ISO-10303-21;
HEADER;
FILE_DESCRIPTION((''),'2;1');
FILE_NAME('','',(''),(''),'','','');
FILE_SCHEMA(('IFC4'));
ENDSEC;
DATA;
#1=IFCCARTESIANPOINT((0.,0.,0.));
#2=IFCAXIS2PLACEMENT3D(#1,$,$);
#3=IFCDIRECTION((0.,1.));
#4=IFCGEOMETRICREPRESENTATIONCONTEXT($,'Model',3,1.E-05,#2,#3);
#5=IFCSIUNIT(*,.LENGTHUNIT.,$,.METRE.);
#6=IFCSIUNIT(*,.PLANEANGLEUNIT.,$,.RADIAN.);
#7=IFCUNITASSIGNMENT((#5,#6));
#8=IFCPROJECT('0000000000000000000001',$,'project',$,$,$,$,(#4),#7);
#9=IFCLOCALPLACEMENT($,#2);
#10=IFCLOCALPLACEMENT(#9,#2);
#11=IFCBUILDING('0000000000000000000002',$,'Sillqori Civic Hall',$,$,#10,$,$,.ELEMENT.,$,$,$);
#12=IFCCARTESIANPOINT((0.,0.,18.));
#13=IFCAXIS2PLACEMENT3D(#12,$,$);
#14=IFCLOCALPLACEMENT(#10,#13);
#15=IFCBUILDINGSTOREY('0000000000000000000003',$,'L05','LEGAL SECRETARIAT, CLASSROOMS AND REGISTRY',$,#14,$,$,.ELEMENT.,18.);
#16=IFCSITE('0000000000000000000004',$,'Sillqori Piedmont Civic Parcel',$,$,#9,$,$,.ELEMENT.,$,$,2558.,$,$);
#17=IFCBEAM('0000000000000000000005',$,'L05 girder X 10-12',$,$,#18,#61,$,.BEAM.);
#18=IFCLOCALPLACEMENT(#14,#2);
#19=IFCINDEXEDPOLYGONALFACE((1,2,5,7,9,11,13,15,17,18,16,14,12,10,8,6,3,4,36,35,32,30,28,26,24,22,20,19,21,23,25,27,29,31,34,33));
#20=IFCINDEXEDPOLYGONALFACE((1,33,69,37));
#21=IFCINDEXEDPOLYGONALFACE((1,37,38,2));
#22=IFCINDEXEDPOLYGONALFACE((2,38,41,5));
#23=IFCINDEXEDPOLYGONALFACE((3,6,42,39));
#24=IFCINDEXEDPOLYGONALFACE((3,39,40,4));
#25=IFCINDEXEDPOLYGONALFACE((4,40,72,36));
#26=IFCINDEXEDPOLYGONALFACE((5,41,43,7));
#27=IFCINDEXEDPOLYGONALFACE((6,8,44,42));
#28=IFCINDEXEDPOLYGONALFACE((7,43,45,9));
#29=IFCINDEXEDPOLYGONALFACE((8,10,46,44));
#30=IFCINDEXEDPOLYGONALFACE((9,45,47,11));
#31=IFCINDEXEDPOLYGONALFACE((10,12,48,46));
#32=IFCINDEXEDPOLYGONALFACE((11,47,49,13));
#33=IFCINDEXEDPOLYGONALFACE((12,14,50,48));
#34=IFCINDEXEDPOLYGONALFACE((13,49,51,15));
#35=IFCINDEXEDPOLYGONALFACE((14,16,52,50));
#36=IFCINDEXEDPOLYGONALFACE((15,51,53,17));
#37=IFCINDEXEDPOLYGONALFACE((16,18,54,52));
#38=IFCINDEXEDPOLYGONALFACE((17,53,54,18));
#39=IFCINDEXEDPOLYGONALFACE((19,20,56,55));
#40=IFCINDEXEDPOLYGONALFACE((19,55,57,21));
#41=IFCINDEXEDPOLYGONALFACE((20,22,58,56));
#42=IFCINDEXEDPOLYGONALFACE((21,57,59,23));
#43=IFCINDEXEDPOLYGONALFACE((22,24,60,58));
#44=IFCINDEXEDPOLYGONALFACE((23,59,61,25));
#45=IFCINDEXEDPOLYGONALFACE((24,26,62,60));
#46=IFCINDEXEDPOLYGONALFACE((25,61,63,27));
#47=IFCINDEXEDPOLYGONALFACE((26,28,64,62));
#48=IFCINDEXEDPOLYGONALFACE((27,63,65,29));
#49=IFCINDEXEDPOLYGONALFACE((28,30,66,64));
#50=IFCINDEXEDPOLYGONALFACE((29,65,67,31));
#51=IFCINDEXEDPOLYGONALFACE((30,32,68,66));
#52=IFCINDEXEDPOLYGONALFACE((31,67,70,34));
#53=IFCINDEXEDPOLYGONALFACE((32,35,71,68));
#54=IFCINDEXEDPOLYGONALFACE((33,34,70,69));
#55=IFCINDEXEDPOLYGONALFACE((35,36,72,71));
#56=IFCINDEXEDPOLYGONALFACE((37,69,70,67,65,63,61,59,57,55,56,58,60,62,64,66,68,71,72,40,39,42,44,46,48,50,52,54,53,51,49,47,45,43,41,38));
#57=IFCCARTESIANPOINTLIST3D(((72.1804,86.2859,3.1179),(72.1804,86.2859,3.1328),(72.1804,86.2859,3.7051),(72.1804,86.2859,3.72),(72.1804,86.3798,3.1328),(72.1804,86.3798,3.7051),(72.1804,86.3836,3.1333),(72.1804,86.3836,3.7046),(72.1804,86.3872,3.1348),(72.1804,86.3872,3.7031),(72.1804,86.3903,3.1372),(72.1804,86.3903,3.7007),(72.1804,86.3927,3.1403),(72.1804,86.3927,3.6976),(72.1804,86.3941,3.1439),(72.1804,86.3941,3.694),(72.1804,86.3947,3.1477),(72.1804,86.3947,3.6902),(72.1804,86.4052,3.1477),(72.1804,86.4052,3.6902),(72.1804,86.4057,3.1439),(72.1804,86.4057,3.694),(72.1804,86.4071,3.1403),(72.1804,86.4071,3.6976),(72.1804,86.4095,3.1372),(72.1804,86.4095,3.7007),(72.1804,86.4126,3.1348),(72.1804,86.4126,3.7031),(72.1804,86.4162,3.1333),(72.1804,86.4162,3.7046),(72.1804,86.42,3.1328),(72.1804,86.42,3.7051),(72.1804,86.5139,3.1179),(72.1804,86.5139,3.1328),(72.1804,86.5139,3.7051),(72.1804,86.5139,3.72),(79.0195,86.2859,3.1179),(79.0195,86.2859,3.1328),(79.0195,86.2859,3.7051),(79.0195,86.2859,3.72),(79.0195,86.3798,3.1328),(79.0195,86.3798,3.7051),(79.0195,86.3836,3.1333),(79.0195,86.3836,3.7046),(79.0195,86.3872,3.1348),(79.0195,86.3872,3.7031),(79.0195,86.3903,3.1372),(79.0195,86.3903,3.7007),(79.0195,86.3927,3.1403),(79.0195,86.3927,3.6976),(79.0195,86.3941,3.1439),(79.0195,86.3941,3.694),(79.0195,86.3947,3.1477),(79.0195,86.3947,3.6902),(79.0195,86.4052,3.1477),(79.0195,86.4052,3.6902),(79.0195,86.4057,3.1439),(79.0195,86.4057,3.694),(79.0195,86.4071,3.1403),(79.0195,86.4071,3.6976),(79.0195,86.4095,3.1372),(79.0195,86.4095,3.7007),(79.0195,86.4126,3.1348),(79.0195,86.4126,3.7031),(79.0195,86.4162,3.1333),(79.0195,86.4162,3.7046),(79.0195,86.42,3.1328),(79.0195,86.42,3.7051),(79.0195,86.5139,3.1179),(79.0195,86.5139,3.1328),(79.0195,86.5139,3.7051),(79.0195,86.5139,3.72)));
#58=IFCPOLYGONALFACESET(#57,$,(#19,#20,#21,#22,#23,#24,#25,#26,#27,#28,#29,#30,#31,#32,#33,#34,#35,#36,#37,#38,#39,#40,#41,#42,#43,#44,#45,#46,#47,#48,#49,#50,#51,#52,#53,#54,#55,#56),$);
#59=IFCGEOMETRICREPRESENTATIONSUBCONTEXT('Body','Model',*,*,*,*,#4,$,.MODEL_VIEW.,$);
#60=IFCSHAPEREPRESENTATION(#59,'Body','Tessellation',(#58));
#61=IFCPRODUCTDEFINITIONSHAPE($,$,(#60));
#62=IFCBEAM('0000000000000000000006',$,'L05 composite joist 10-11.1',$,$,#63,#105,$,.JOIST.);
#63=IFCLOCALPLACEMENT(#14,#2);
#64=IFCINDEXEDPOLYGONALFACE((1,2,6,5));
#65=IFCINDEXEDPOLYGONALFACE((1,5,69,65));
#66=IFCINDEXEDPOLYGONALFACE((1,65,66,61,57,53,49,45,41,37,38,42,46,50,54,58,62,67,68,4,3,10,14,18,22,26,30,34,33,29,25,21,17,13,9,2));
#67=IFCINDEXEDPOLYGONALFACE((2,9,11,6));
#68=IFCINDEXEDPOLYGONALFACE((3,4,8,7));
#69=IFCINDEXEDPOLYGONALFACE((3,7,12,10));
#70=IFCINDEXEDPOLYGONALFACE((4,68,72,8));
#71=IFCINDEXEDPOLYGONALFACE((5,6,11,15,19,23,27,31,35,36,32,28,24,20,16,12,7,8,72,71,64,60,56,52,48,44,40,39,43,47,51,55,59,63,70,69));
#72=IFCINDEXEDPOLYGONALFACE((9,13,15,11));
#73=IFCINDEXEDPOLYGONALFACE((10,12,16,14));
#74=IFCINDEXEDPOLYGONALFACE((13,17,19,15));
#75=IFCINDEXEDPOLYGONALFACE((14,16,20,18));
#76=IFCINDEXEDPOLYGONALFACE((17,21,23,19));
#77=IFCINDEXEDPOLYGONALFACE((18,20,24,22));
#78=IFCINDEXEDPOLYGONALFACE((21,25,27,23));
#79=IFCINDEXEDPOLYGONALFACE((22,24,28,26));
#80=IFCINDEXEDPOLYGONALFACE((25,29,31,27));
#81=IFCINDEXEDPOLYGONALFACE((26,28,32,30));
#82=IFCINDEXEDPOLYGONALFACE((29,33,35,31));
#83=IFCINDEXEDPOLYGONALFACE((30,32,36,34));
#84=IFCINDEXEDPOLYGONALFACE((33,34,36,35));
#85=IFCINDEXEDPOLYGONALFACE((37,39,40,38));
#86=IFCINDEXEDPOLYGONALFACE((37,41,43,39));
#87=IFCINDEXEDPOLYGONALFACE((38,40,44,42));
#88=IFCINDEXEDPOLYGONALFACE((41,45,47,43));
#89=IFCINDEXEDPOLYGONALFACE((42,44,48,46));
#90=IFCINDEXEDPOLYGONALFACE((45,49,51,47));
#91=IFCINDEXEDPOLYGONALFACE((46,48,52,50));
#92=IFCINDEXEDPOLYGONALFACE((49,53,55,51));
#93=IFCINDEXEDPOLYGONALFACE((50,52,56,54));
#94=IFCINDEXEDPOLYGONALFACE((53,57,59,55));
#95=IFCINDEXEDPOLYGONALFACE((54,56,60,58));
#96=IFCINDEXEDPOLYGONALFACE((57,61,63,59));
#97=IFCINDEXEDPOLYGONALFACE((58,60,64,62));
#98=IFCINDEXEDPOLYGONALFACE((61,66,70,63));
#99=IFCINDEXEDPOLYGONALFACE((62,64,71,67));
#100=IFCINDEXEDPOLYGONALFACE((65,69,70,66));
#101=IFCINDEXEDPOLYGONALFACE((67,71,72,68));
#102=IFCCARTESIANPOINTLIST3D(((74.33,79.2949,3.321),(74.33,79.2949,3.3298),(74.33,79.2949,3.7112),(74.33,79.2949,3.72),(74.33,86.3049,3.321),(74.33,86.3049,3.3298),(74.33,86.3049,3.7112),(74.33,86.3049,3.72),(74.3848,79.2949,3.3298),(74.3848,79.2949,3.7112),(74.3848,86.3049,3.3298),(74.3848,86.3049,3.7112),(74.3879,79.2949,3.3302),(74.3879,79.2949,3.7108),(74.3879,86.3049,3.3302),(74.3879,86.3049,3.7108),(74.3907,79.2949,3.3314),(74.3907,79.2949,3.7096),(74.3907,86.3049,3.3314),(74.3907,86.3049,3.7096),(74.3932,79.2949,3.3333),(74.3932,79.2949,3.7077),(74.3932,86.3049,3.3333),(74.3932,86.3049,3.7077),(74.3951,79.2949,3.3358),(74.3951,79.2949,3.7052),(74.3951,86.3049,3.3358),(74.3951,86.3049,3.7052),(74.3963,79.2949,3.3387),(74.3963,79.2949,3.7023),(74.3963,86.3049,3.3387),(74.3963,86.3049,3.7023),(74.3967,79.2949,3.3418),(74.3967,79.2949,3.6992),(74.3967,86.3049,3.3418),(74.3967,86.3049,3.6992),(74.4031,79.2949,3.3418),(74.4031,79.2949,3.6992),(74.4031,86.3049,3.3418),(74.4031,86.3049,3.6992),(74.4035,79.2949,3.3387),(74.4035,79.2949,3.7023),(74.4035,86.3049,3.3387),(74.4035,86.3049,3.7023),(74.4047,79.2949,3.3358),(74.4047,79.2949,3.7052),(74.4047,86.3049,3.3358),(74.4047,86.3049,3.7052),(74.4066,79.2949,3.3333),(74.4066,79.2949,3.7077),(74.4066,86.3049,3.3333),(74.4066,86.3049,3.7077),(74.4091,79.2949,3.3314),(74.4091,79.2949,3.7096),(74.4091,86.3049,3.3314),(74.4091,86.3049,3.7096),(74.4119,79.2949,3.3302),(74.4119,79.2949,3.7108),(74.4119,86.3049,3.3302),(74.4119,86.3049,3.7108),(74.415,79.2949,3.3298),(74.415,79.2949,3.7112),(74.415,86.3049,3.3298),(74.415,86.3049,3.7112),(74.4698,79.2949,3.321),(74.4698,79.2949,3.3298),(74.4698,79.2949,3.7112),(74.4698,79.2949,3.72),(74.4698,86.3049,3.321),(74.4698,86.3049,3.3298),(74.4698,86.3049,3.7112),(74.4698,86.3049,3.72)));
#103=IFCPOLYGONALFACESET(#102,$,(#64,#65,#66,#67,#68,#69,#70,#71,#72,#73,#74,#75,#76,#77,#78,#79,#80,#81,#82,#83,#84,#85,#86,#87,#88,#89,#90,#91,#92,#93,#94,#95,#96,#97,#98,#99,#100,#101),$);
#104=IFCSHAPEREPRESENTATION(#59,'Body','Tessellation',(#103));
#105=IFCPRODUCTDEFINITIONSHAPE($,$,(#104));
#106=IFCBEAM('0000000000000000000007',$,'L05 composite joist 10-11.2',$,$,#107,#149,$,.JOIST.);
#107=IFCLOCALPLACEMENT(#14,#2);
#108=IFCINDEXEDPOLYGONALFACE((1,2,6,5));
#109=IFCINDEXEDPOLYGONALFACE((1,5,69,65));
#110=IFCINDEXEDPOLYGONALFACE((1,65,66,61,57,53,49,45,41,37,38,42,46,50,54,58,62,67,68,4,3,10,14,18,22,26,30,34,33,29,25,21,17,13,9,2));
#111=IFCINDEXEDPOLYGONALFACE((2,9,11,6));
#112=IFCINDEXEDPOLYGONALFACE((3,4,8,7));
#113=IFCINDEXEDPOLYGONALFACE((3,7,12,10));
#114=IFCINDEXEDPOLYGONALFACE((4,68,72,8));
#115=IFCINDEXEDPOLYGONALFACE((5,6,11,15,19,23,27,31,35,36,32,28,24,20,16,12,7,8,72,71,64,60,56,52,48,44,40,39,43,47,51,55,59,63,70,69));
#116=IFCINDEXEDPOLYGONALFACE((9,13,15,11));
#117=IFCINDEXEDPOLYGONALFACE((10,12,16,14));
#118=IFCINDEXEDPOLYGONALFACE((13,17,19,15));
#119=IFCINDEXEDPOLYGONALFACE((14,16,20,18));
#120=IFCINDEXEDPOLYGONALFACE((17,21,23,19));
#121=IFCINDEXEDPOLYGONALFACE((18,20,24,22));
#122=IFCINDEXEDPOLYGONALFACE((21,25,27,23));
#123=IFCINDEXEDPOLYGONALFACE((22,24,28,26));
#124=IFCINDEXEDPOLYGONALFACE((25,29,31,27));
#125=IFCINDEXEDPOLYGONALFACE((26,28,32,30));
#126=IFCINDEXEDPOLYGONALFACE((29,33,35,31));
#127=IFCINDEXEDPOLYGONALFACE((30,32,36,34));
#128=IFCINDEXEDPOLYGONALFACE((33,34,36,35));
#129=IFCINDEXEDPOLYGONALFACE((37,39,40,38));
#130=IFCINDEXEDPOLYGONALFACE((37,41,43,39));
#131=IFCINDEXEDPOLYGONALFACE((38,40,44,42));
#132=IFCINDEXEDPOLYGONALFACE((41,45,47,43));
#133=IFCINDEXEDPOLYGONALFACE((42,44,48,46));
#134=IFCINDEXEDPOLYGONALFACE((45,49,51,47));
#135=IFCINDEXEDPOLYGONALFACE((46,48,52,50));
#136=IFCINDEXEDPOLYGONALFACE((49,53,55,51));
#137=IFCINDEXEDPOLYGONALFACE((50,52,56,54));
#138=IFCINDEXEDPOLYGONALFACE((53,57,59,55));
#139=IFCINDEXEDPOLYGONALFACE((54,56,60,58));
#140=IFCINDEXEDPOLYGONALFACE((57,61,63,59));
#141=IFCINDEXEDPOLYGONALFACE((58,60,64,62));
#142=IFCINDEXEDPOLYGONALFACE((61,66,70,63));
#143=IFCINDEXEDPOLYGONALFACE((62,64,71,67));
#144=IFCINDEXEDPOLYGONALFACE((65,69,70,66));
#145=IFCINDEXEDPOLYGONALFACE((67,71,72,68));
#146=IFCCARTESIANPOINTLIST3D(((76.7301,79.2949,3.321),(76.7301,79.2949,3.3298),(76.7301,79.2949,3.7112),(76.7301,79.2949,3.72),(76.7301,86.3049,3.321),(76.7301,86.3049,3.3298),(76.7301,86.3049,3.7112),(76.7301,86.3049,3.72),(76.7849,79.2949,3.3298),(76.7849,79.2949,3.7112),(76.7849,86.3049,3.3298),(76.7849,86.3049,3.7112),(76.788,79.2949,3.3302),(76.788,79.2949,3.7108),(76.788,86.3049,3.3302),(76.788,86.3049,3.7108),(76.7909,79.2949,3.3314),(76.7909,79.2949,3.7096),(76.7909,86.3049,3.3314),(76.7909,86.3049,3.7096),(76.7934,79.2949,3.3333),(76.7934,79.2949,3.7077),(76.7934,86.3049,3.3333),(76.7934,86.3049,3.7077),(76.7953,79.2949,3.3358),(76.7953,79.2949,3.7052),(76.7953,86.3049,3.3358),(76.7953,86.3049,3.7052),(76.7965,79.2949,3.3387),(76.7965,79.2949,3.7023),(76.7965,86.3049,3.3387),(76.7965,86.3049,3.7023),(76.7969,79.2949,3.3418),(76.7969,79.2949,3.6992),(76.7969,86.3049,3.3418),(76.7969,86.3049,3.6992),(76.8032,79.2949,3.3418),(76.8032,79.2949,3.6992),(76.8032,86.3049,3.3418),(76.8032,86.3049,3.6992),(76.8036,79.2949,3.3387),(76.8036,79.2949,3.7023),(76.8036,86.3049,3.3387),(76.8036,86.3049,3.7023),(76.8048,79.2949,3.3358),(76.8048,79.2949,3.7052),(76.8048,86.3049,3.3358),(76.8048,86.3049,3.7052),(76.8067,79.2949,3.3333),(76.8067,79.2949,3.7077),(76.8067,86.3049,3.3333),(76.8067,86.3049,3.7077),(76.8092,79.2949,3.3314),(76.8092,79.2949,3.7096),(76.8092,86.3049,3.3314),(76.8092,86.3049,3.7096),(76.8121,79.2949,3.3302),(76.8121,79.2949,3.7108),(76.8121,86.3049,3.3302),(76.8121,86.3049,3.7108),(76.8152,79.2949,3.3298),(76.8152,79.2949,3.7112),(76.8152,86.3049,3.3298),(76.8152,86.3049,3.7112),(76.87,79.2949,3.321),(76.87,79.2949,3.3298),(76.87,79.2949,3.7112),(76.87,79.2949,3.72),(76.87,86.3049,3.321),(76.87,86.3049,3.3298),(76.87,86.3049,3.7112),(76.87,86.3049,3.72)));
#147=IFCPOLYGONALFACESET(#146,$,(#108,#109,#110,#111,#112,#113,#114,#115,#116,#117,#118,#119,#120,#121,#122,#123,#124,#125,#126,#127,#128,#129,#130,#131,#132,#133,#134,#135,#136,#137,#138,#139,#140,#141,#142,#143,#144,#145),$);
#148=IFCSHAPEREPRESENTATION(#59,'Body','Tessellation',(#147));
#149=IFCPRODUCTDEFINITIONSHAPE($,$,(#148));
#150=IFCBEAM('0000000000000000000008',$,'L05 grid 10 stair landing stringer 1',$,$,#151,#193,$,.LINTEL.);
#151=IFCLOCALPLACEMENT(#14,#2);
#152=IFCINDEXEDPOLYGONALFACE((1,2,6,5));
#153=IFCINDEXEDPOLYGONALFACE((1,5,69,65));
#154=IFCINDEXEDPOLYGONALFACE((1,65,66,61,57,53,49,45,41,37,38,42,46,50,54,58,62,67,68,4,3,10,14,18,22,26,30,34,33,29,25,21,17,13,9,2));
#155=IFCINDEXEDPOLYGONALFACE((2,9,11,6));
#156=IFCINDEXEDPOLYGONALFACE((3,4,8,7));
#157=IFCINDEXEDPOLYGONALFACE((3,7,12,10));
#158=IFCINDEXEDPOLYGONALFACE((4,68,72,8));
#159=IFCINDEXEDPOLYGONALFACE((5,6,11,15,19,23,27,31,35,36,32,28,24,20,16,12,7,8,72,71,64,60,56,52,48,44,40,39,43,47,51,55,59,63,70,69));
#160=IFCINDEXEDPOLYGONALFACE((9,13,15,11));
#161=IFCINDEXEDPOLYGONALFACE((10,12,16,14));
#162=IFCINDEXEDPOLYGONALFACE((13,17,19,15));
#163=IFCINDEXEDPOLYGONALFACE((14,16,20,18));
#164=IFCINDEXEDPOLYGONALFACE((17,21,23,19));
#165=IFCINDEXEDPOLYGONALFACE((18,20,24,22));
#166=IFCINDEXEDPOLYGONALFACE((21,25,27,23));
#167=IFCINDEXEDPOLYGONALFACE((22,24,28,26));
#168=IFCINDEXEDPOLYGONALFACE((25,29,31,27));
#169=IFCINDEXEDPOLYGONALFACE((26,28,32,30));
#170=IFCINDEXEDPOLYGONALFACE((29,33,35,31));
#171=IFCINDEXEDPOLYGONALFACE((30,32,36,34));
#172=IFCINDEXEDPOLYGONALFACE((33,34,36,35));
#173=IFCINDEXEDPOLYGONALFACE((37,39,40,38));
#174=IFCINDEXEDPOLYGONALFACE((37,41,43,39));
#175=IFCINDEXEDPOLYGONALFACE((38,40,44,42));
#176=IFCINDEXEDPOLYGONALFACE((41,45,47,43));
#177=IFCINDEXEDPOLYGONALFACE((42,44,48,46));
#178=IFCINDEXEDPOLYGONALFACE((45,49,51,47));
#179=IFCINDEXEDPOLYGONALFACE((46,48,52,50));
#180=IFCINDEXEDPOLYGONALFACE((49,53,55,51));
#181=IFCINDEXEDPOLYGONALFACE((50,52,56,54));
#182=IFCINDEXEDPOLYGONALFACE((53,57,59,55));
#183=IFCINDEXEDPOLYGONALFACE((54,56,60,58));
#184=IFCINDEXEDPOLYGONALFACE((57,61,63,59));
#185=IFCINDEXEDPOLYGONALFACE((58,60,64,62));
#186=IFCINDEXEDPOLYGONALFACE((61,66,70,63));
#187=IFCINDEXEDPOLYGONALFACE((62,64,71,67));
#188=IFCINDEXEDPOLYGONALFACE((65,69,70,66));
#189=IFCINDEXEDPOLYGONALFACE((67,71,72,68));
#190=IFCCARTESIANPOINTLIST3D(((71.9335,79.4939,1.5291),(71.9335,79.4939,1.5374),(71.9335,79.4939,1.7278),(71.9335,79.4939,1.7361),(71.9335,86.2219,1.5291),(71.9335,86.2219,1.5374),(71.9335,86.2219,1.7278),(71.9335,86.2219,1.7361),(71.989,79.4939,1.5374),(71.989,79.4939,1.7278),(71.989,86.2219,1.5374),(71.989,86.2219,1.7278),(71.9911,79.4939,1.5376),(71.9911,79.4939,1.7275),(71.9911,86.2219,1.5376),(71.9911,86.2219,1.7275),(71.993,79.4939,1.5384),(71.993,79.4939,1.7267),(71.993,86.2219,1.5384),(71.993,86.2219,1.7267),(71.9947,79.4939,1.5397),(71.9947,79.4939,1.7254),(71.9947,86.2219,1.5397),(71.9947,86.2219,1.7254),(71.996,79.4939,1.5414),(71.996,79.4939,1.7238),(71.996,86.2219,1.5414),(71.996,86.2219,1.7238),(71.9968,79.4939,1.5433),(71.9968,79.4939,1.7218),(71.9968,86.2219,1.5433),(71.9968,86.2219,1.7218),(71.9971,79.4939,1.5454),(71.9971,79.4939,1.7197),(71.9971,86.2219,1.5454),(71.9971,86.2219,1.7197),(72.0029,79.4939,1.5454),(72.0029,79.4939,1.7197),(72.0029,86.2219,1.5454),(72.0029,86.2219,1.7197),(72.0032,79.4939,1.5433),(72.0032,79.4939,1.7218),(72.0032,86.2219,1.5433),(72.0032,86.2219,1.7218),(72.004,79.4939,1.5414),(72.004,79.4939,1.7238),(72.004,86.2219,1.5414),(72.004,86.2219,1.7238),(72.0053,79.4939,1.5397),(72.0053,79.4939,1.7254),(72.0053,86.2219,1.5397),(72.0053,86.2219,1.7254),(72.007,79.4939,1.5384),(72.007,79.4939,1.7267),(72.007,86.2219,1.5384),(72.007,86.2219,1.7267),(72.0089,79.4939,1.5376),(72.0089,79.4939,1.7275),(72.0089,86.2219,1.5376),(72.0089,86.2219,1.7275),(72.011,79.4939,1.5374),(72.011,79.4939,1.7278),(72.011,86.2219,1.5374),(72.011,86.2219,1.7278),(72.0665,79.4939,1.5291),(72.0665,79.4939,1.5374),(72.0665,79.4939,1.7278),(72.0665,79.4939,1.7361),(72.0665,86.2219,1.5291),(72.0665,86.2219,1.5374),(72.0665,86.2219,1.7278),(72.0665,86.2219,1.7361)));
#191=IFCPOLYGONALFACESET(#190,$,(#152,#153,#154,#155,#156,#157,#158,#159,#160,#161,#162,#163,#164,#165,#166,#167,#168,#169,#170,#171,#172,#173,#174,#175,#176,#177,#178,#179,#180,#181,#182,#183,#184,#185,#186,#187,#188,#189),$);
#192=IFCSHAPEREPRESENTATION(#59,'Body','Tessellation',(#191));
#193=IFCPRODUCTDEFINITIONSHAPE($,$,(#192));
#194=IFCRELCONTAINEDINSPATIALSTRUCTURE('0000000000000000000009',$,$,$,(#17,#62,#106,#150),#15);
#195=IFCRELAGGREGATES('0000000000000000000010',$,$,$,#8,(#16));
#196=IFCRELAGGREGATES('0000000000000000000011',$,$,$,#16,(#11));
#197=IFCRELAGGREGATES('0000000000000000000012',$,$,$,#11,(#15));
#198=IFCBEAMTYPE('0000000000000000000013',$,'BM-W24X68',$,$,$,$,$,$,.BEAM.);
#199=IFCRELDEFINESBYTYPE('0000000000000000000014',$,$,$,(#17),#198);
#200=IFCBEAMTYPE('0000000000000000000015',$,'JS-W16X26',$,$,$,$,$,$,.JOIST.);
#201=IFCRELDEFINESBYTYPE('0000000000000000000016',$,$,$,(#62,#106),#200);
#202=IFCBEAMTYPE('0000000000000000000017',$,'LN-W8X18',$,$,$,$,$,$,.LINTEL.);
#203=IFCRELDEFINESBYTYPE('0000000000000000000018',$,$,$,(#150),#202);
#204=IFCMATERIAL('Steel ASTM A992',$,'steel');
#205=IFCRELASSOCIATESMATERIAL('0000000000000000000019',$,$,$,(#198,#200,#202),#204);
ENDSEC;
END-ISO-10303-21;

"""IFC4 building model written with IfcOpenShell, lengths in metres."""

from ifc_helpers import new_model, si_unit, direction, frame, origin, origin_2d, place, context, subcontext, project, spatial, i_section, extrude, material, material_profile, profile_set, type_object, element, save


model = new_model("IFC4")

# Units and contexts
model_context = context("Model", 3, precision=1e-05, world=origin(), true_north=direction((0.0, 1.0)))
body_context = subcontext(model_context, "Body", "Model", "MODEL_VIEW")
ifc_project = project(units=[si_unit("LENGTHUNIT", "METRE"), si_unit("PLANEANGLEUNIT", "RADIAN")], contexts=[model_context])

# Site, building, storey
site_placement = place(None, origin())
site = spatial("IfcSite", under=ifc_project, at=site_placement, Name="Sillqori Piedmont Civic Parcel", CompositionType="ELEMENT", RefElevation=2558.0)
building_placement = place(site_placement, origin())
building = spatial("IfcBuilding", under=site, at=building_placement, Name="Sillqori Civic Hall", CompositionType="ELEMENT")
storey_placement = place(building_placement, frame((0.0, 0.0, 18.0)))
storey = spatial("IfcBuildingStorey", under=building, at=storey_placement, Name="L05", Description="LEGAL SECRETARIAT, CLASSROOMS AND REGISTRY", CompositionType="ELEMENT", Elevation=18.0)

# Shared definitions
ifc_material_1 = material(Name="Steel ASTM A992", Category="steel")

# Beams
ifc_material_profile_1 = material_profile(ifc_material_1, i_section(OverallWidth=0.228, OverallDepth=0.6021, WebThickness=0.0105, FlangeThickness=0.0149, FilletRadius=0.0149, at=origin_2d()), Name="W24X68")
ifc_profile_set_1 = profile_set([ifc_material_profile_1], Name="Steel ASTM A992")
beam_type_1 = type_object("IfcBeamType", Name="BM-W24X68", PredefinedType="BEAM", material=ifc_profile_set_1)
beam_placement = place(storey_placement, frame((72.1804, 86.3999, 3.4189), z_axis=(1.0, 0.0, 0.0), x_axis=(0.0, 1.0, 0.0)))
element("IfcBeam", 1, at=beam_placement, inside=storey, type_object=beam_type_1, Name="L05 girder X 10-12", PredefinedType="BEAM", context=body_context, shape_type="SweptSolid", body=[
    extrude(i_section(OverallWidth=0.228, OverallDepth=0.6021, WebThickness=0.0105, FlangeThickness=0.0149, FilletRadius=0.0149, at=origin_2d()), origin(), (0.0, 0.0, 1.0), 6.8391),
])
ifc_material_profile_2 = material_profile(ifc_material_1, i_section(OverallWidth=0.1399, OverallDepth=0.3989, WebThickness=0.0063, FlangeThickness=0.0088, FilletRadius=0.012, at=origin_2d()), Name="W16X26")
ifc_profile_set_2 = profile_set([ifc_material_profile_2], Name="Steel ASTM A992")
beam_type_2 = type_object("IfcBeamType", Name="JS-W16X26", PredefinedType="JOIST", material=ifc_profile_set_2)
for number, where, z_axis, x_axis, name in (
    (2, (74.3999, 79.2949, 3.5205), (0.0, 1.0, 0.0), (-1.0, 0.0, 0.0), "L05 composite joist 10-11.1"),
    (3, (76.8, 79.2949, 3.5205), (0.0, 1.0, 0.0), (-1.0, 0.0, 0.0), "L05 composite joist 10-11.2"),
):
    element("IfcBeam", number, at=place(storey_placement, frame(where, z_axis=z_axis, x_axis=x_axis)), inside=storey, type_object=beam_type_2, Name=name, PredefinedType="JOIST", context=body_context, shape_type="SweptSolid", body=[
        extrude(i_section(OverallWidth=0.1399, OverallDepth=0.3989, WebThickness=0.0063, FlangeThickness=0.0088, FilletRadius=0.012, at=origin_2d()), origin(), (0.0, 0.0, 1.0), 7.01),
    ])
ifc_material_profile_3 = material_profile(ifc_material_1, i_section(OverallWidth=0.1331, OverallDepth=0.207, WebThickness=0.0059, FlangeThickness=0.0083, FilletRadius=0.0081, at=origin_2d()), Name="W8X18")
ifc_profile_set_3 = profile_set([ifc_material_profile_3], Name="Steel ASTM A992")
beam_type_3 = type_object("IfcBeamType", Name="LN-W8X18", PredefinedType="LINTEL", material=ifc_profile_set_3)
for number, where, z_axis, x_axis, name in (
    (4, (72.0, 79.4939, 1.6326), (0.0, 1.0, 0.0), (-1.0, 0.0, 0.0), "L05 grid 10 stair landing stringer 1"),
):
    element("IfcBeam", number, at=place(storey_placement, frame(where, z_axis=z_axis, x_axis=x_axis)), inside=storey, type_object=beam_type_3, Name=name, PredefinedType="LINTEL", context=body_context, shape_type="SweptSolid", body=[
        extrude(i_section(OverallWidth=0.1331, OverallDepth=0.207, WebThickness=0.0059, FlangeThickness=0.0083, FilletRadius=0.0081, at=origin_2d()), origin(), (0.0, 0.0, 1.0), 6.728),
    ])

save(model, "model.ifc")
